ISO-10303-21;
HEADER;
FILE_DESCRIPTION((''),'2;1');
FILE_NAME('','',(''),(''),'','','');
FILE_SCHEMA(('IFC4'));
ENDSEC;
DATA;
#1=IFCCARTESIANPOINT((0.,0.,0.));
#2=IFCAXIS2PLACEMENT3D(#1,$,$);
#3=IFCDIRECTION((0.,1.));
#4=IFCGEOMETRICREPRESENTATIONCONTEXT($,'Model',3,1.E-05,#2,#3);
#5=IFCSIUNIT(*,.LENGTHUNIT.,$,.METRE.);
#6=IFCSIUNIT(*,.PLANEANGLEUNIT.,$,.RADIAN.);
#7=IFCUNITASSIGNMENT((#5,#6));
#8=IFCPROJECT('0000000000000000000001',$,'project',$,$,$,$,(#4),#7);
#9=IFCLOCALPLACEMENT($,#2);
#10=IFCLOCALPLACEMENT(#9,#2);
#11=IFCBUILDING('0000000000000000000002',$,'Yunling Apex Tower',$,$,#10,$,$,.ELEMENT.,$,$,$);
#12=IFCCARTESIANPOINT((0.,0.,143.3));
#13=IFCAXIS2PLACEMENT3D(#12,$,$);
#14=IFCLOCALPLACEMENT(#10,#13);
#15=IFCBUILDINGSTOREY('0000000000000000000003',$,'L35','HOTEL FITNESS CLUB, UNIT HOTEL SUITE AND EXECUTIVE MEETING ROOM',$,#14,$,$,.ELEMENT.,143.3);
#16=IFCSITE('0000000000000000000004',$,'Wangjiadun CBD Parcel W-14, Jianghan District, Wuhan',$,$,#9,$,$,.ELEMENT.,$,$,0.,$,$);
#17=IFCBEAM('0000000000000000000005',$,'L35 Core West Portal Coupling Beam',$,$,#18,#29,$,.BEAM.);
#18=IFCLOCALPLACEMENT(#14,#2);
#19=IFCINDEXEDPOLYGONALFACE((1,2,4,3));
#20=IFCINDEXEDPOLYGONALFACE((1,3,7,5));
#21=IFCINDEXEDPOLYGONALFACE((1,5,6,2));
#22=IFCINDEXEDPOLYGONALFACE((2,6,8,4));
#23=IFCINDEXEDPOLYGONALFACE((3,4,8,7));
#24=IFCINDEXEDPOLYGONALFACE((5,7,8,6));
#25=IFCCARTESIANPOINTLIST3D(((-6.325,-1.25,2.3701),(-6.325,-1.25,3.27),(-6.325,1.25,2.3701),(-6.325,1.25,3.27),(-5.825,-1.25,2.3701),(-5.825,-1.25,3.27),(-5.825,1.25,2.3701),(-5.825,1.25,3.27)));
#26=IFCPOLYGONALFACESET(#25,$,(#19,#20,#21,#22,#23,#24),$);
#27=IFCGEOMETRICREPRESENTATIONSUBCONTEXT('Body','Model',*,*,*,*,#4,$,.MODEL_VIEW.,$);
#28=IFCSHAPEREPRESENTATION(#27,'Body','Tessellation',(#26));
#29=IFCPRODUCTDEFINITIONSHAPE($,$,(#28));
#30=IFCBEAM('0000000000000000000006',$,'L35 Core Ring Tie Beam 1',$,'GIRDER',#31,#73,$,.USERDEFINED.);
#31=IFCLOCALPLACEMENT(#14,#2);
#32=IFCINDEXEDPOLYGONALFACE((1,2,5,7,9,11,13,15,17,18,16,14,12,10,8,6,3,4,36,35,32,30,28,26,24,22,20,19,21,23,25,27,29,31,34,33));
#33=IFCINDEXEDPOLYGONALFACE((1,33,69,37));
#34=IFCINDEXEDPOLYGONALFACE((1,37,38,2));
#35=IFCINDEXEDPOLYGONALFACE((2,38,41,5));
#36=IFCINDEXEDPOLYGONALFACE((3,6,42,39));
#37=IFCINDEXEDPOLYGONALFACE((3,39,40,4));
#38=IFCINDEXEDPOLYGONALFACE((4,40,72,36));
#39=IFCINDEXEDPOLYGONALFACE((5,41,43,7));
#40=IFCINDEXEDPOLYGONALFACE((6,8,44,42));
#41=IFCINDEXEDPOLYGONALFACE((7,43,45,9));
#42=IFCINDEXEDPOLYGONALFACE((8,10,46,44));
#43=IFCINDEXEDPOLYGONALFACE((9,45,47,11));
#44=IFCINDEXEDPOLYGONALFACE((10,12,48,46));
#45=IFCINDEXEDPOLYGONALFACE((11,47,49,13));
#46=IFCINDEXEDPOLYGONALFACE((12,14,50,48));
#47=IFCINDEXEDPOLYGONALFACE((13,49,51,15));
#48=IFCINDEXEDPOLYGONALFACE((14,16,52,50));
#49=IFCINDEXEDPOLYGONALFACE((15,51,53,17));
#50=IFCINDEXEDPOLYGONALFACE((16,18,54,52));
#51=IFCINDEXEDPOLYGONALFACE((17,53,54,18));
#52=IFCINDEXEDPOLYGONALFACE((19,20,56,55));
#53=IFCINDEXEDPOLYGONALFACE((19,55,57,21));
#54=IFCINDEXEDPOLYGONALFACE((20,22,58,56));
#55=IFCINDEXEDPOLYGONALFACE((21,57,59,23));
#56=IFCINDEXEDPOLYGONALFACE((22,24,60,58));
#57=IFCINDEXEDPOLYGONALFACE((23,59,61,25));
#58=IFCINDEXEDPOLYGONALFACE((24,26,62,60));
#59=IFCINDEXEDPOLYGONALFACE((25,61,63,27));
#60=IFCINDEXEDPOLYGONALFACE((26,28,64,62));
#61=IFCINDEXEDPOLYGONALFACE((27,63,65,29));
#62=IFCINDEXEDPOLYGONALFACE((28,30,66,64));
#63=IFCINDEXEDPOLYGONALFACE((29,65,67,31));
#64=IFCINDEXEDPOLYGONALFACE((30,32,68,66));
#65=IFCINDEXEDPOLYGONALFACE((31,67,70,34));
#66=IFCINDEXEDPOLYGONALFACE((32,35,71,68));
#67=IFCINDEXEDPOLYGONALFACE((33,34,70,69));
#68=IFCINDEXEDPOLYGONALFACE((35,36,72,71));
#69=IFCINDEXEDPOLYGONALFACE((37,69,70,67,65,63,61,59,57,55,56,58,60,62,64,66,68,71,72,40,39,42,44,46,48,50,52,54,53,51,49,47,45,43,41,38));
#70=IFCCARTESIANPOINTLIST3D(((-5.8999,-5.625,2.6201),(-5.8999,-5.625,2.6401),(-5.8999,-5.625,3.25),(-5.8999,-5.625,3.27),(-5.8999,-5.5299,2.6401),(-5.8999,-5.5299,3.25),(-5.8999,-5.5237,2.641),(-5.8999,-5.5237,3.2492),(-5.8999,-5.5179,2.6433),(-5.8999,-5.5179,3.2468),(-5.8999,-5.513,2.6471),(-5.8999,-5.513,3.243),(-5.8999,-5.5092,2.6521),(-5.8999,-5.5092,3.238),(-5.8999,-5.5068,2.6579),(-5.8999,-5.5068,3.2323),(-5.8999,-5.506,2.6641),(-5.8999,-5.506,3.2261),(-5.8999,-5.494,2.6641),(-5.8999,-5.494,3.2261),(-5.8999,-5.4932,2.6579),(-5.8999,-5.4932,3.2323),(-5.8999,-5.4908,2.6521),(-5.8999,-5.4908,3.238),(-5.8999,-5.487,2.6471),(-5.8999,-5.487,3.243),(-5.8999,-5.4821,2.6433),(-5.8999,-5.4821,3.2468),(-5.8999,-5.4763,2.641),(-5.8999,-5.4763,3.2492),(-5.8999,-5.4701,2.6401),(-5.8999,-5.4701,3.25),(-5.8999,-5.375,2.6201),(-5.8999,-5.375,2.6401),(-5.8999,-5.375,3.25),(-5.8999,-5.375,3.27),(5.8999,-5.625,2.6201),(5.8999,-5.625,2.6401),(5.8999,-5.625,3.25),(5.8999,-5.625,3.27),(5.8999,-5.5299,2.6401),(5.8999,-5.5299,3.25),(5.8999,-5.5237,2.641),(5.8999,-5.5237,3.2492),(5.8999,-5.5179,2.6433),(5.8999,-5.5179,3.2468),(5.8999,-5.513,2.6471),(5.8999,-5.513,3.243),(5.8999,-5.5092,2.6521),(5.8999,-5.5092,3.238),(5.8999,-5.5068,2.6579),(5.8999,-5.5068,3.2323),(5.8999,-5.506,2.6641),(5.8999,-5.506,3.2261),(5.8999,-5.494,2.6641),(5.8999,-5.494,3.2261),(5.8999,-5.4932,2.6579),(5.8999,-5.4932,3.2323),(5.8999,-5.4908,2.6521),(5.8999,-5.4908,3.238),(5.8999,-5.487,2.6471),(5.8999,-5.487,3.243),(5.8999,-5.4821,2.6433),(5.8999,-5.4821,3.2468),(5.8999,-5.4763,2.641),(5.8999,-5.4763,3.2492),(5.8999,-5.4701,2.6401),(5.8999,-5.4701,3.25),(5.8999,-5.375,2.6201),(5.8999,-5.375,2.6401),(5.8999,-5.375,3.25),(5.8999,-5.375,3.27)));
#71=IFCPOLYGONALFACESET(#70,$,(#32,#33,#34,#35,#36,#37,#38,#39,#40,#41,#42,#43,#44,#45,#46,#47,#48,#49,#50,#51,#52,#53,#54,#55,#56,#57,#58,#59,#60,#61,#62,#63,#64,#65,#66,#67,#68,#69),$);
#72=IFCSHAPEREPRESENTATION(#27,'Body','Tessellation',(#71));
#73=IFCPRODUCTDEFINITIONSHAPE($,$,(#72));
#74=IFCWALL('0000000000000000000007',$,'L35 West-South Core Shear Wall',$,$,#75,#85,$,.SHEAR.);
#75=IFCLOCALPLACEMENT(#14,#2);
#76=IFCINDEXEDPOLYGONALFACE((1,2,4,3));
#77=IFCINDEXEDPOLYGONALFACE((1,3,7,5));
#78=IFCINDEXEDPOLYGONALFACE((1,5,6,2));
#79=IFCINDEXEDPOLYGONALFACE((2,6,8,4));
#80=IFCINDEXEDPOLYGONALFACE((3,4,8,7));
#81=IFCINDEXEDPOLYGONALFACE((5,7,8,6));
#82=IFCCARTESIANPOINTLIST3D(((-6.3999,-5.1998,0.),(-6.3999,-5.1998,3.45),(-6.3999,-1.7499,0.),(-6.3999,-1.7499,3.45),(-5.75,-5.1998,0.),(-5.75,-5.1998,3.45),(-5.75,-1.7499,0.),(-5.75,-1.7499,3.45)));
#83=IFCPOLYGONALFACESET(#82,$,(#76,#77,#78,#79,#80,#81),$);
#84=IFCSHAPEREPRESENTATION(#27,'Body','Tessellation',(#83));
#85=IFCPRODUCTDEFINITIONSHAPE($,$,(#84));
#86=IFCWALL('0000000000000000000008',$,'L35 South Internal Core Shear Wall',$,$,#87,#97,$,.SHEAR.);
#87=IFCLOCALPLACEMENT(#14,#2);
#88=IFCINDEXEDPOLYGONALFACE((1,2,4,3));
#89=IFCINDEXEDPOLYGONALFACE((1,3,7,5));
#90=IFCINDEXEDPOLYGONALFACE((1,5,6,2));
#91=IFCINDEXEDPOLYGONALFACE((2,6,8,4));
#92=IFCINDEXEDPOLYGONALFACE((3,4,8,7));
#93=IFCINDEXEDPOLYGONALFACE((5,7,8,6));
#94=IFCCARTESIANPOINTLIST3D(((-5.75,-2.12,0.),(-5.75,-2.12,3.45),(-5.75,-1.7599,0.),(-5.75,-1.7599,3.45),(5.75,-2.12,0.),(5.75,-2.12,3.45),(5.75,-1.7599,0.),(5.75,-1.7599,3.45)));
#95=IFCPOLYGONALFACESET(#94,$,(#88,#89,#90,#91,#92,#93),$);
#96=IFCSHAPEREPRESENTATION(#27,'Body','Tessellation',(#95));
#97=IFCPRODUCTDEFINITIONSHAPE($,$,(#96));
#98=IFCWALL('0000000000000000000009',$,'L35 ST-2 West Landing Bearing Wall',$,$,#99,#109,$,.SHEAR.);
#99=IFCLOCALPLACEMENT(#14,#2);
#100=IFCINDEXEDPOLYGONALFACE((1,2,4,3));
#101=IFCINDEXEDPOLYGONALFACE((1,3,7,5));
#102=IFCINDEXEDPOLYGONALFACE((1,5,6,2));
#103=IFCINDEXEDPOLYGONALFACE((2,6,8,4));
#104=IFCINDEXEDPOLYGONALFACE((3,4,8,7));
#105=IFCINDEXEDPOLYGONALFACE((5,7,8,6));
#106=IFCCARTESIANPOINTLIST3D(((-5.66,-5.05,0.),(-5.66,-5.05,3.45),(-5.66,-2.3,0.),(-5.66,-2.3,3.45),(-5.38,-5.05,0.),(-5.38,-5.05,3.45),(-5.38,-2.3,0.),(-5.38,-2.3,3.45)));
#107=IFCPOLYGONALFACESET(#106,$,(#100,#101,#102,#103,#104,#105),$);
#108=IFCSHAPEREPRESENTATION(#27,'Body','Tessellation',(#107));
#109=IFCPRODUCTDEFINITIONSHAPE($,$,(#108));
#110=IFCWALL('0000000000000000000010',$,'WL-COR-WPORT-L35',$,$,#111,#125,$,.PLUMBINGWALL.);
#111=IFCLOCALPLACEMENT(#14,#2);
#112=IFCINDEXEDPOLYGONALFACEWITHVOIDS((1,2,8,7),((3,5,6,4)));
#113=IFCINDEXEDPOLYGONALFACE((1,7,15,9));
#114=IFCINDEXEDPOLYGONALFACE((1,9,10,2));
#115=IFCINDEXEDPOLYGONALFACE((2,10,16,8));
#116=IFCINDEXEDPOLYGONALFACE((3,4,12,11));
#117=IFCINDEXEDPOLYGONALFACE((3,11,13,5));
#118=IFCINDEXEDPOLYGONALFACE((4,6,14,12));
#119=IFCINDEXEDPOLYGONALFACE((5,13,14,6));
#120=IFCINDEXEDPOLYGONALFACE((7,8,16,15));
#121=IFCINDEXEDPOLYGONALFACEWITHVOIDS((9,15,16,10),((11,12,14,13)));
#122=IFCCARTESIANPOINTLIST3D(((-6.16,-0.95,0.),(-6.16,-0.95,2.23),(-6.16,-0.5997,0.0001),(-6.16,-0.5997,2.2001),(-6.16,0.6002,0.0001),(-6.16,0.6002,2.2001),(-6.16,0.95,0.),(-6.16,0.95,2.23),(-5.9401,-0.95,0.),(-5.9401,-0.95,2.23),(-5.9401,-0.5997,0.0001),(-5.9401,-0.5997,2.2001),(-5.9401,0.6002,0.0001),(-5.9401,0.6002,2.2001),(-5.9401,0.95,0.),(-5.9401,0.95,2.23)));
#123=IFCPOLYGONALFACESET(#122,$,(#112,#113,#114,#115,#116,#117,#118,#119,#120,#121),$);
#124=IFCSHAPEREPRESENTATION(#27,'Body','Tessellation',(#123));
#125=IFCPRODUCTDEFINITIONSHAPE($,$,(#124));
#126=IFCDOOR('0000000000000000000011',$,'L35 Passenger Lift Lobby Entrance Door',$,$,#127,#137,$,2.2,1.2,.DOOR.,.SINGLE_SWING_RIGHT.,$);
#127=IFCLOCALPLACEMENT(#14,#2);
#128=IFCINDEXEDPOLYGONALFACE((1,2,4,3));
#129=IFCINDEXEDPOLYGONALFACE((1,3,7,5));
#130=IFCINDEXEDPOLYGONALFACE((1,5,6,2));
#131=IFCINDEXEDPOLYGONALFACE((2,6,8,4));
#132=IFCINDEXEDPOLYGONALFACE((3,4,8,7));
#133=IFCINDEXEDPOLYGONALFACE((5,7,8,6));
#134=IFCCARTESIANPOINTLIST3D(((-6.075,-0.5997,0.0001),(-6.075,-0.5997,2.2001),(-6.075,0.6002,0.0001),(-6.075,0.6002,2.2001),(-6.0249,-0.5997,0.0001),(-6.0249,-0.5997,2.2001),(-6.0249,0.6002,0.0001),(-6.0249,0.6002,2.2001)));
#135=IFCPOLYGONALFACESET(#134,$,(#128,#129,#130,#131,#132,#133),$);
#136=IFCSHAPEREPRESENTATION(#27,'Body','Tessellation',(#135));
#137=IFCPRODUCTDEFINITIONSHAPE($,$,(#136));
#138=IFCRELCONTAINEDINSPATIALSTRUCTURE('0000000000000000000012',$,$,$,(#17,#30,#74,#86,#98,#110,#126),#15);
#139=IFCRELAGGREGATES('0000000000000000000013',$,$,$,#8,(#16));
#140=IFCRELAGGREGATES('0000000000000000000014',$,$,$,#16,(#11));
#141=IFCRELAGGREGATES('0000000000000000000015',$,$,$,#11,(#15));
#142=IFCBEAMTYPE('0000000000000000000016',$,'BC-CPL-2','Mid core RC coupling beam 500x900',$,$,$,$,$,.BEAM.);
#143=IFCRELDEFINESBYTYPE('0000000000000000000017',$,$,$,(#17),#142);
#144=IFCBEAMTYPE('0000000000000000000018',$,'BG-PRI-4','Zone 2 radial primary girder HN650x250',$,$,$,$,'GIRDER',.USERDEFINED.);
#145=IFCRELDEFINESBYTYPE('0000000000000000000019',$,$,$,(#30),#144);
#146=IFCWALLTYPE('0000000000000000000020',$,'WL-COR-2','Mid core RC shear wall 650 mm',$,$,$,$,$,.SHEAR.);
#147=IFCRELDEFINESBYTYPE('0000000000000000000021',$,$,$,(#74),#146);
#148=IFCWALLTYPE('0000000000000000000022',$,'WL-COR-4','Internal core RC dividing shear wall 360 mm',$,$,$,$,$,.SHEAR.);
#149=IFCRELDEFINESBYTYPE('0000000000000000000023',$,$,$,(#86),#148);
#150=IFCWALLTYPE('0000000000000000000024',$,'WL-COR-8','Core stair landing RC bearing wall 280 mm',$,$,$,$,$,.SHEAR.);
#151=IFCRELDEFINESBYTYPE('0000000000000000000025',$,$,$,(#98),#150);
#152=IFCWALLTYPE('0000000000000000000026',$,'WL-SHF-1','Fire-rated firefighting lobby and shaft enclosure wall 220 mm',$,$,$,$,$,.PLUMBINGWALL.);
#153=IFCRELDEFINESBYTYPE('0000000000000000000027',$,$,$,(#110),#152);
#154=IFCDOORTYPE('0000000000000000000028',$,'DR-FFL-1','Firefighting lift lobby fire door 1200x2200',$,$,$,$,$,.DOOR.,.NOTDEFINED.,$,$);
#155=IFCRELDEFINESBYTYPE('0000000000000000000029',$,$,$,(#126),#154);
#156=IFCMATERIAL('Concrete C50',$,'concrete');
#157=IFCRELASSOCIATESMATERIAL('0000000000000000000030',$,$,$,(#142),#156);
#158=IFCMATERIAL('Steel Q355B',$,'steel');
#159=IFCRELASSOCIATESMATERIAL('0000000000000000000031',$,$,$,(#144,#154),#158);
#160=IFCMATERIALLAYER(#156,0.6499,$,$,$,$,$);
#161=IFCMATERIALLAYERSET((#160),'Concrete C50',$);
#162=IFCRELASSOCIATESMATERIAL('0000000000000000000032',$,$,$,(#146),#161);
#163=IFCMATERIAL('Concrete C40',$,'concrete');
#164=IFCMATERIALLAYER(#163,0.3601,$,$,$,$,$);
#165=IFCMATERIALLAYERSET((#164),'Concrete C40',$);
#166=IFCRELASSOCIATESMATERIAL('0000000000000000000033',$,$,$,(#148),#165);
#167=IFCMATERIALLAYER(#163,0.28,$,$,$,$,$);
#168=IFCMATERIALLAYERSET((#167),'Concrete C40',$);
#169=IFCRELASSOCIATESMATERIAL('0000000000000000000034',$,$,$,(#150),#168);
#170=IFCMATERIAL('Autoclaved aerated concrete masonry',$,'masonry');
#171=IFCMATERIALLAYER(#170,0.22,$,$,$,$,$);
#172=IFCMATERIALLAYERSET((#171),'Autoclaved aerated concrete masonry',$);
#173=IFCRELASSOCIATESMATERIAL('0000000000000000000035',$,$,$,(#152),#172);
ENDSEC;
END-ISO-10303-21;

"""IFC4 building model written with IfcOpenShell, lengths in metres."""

from ifc_helpers import new_model, si_unit, direction, frame, frame_2d, origin, origin_2d, place, context, subcontext, project, spatial, rectangle, i_section, extrude, source, transform, mapped, material, layer, layer_set, material_profile, profile_set, type_object, element, fill, save


model = new_model("IFC4")

# Units and contexts
model_context = context("Model", 3, precision=1e-05, world=origin(), true_north=direction((0.0, 1.0)))
body_context = subcontext(model_context, "Body", "Model", "MODEL_VIEW")
ifc_project = project(units=[si_unit("LENGTHUNIT", "METRE"), si_unit("PLANEANGLEUNIT", "RADIAN")], contexts=[model_context])

# Site, building, storey
site_placement = place(None, origin())
site = spatial("IfcSite", under=ifc_project, at=site_placement, Name="Wangjiadun CBD Parcel W-14, Jianghan District, Wuhan", CompositionType="ELEMENT", RefElevation=0.0)
building_placement = place(site_placement, origin())
building = spatial("IfcBuilding", under=site, at=building_placement, Name="Yunling Apex Tower", CompositionType="ELEMENT")
storey_placement = place(building_placement, frame((0.0, 0.0, 143.3)))
storey = spatial("IfcBuildingStorey", under=building, at=storey_placement, Name="L35", Description="HOTEL FITNESS CLUB, UNIT HOTEL SUITE AND EXECUTIVE MEETING ROOM", CompositionType="ELEMENT", Elevation=143.3)

# Shared definitions
ifc_material_1 = material(Name="Concrete C50", Category="concrete")

# Beams
ifc_material_2 = material(Name="Steel Q355B", Category="steel")
ifc_material_profile_1 = material_profile(ifc_material_1, rectangle(XDim=0.5, YDim=0.8999, at=origin_2d()))
ifc_profile_set_1 = profile_set([ifc_material_profile_1], Name="Concrete C50")
beam_type_1 = type_object("IfcBeamType", Name="BC-CPL-2", Description="Mid core RC coupling beam 500x900", PredefinedType="BEAM", material=ifc_profile_set_1)
shared_shape_1 = source(origin(), body_context, "Body", "SweptSolid", [
    extrude(rectangle(XDim=0.5, YDim=0.8999, at=origin_2d()), origin(), (0.0, 0.0, 1.0), 2.5),
])
beam_1_placement = place(storey_placement, frame((-6.075, -1.25, 2.8201), z_axis=(0.0, 1.0, 0.0), x_axis=(-1.0, 0.0, 0.0)))
element("IfcBeam", 1, at=beam_1_placement, inside=storey, type_object=beam_type_1, Name="L35 Core West Portal Coupling Beam", PredefinedType="BEAM", context=body_context, shape_type="MappedRepresentation", body=[
    mapped(shared_shape_1, transform((0.0, 0.0, 0.0), scale=1.0)),
])
ifc_material_profile_2 = material_profile(ifc_material_2, i_section(OverallWidth=0.25, OverallDepth=0.6499, WebThickness=0.012, FlangeThickness=0.02, FilletRadius=0.0239, at=origin_2d()))
ifc_profile_set_2 = profile_set([ifc_material_profile_2], Name="Steel Q355B")
beam_type_2 = type_object("IfcBeamType", Name="BG-PRI-4", Description="Zone 2 radial primary girder HN650x250", ElementType="GIRDER", PredefinedType="USERDEFINED", material=ifc_profile_set_2)
shared_shape_2 = source(origin(), body_context, "Body", "SweptSolid", [
    extrude(i_section(OverallWidth=0.25, OverallDepth=0.6499, WebThickness=0.012, FlangeThickness=0.02, FilletRadius=0.0239, at=origin_2d()), origin(), (0.0, 0.0, 1.0), 11.7998),
])
beam_2_placement = place(storey_placement, frame((-5.8999, -5.5, 2.9451), z_axis=(1.0, 0.0, 0.0), x_axis=(0.0, 1.0, 0.0)))
element("IfcBeam", 2, at=beam_2_placement, inside=storey, type_object=beam_type_2, Name="L35 Core Ring Tie Beam 1", ObjectType="GIRDER", PredefinedType="USERDEFINED", context=body_context, shape_type="MappedRepresentation", body=[
    mapped(shared_shape_2, transform((0.0, 0.0, 0.0), scale=1.0)),
])

# Walls
ifc_layer_1 = layer(ifc_material_1, 0.6499)
ifc_layer_set_1 = layer_set([ifc_layer_1], Name="Concrete C50")
wall_type_1 = type_object("IfcWallType", Name="WL-COR-2", Description="Mid core RC shear wall 650 mm", PredefinedType="SHEAR", material=ifc_layer_set_1)
wall_1_placement = place(storey_placement, frame((-6.075, -5.2, 0.0), z_axis=(0.0, 0.0, 1.0), x_axis=(0.0, 1.0, 0.0)))
element("IfcWall", 3, at=wall_1_placement, inside=storey, type_object=wall_type_1, Name="L35 West-South Core Shear Wall", PredefinedType="SHEAR", context=body_context, shape_type="SweptSolid", body=[
    extrude(rectangle(XDim=3.45, YDim=0.6499, at=frame_2d((1.7251, 0.0))), origin(), (0.0, 0.0, 1.0), 3.45),
])
ifc_material_3 = material(Name="Concrete C40", Category="concrete")
ifc_layer_2 = layer(ifc_material_3, 0.3601)
ifc_layer_set_2 = layer_set([ifc_layer_2], Name="Concrete C40")
wall_type_2 = type_object("IfcWallType", Name="WL-COR-4", Description="Internal core RC dividing shear wall 360 mm", PredefinedType="SHEAR", material=ifc_layer_set_2)
wall_2_placement = place(storey_placement, frame((-5.75, -1.9399, 0.0), z_axis=(0.0, 0.0, 1.0), x_axis=(1.0, 0.0, 0.0)))
element("IfcWall", 4, at=wall_2_placement, inside=storey, type_object=wall_type_2, Name="L35 South Internal Core Shear Wall", PredefinedType="SHEAR", context=body_context, shape_type="SweptSolid", body=[
    extrude(rectangle(XDim=11.5, YDim=0.3601, at=frame_2d((5.75, 0.0))), origin(), (0.0, 0.0, 1.0), 3.45),
])
ifc_layer_3 = layer(ifc_material_3, 0.28)
ifc_layer_set_3 = layer_set([ifc_layer_3], Name="Concrete C40")
wall_type_3 = type_object("IfcWallType", Name="WL-COR-8", Description="Core stair landing RC bearing wall 280 mm", PredefinedType="SHEAR", material=ifc_layer_set_3)
wall_3_placement = place(storey_placement, frame((-5.52, -5.05, 0.0), z_axis=(0.0, 0.0, 1.0), x_axis=(0.0, 1.0, 0.0)))
element("IfcWall", 5, at=wall_3_placement, inside=storey, type_object=wall_type_3, Name="L35 ST-2 West Landing Bearing Wall", PredefinedType="SHEAR", context=body_context, shape_type="SweptSolid", body=[
    extrude(rectangle(XDim=2.75, YDim=0.28, at=frame_2d((1.375, 0.0))), origin(), (0.0, 0.0, 1.0), 3.45),
])

# Wall, opening, door
ifc_material_4 = material(Name="Autoclaved aerated concrete masonry", Category="masonry")
ifc_layer_4 = layer(ifc_material_4, 0.22)
ifc_layer_set_4 = layer_set([ifc_layer_4], Name="Autoclaved aerated concrete masonry")
wall_type_4 = type_object("IfcWallType", Name="WL-SHF-1", Description="Fire-rated firefighting lobby and shaft enclosure wall 220 mm", PredefinedType="PLUMBINGWALL", material=ifc_layer_set_4)
wall_4_placement = place(storey_placement, frame((-6.05, -0.95, 0.0), z_axis=(0.0, 0.0, 1.0), x_axis=(0.0, 1.0, 0.0)))
wall_4 = element("IfcWall", 6, at=wall_4_placement, inside=storey, type_object=wall_type_4, Name="WL-COR-WPORT-L35", PredefinedType="PLUMBINGWALL", context=body_context, shape_type="SweptSolid", body=[
    extrude(rectangle(XDim=1.8999, YDim=0.22, at=frame_2d((0.95, 0.0))), origin(), (0.0, 0.0, 1.0), 2.23),
])
opening_1_placement = place(wall_4_placement, frame((0.3501, 0.0, 0.0)))
opening_1 = element("IfcOpeningElement", 7, at=opening_1_placement, cuts=wall_4, PredefinedType="OPENING", context=body_context, shape_type="SweptSolid", body=[
    extrude(rectangle(XDim=1.2, YDim=2.2, at=frame_2d((0.6001, 1.1001))), frame((0.0, 0.1201, 0.0), z_axis=(0.0, -1.0, 0.0), x_axis=(1.0, 0.0, 0.0)), (0.0, 0.0, 1.0), 0.24),
])
door_type_1 = type_object("IfcDoorType", Name="DR-FFL-1", Description="Firefighting lift lobby fire door 1200x2200", OperationType="NOTDEFINED", PredefinedType="DOOR", material=ifc_material_2)
door_1_placement = place(opening_1_placement, origin())
door_1 = element("IfcDoor", 8, at=door_1_placement, inside=storey, type_object=door_type_1, Name="L35 Passenger Lift Lobby Entrance Door", OperationType="SINGLE_SWING_RIGHT", OverallHeight=2.2, OverallWidth=1.2, PredefinedType="DOOR", context=body_context, shape_type="SweptSolid", body=[
    extrude(rectangle(XDim=1.2, YDim=2.2, at=frame_2d((0.6001, 1.1001))), frame((0.0, 0.0249, 0.0), z_axis=(0.0, -1.0, 0.0), x_axis=(1.0, 0.0, 0.0)), (0.0, 0.0, 1.0), 0.05),
])
fill(opening_1, door_1)

save(model, "model.ifc")
